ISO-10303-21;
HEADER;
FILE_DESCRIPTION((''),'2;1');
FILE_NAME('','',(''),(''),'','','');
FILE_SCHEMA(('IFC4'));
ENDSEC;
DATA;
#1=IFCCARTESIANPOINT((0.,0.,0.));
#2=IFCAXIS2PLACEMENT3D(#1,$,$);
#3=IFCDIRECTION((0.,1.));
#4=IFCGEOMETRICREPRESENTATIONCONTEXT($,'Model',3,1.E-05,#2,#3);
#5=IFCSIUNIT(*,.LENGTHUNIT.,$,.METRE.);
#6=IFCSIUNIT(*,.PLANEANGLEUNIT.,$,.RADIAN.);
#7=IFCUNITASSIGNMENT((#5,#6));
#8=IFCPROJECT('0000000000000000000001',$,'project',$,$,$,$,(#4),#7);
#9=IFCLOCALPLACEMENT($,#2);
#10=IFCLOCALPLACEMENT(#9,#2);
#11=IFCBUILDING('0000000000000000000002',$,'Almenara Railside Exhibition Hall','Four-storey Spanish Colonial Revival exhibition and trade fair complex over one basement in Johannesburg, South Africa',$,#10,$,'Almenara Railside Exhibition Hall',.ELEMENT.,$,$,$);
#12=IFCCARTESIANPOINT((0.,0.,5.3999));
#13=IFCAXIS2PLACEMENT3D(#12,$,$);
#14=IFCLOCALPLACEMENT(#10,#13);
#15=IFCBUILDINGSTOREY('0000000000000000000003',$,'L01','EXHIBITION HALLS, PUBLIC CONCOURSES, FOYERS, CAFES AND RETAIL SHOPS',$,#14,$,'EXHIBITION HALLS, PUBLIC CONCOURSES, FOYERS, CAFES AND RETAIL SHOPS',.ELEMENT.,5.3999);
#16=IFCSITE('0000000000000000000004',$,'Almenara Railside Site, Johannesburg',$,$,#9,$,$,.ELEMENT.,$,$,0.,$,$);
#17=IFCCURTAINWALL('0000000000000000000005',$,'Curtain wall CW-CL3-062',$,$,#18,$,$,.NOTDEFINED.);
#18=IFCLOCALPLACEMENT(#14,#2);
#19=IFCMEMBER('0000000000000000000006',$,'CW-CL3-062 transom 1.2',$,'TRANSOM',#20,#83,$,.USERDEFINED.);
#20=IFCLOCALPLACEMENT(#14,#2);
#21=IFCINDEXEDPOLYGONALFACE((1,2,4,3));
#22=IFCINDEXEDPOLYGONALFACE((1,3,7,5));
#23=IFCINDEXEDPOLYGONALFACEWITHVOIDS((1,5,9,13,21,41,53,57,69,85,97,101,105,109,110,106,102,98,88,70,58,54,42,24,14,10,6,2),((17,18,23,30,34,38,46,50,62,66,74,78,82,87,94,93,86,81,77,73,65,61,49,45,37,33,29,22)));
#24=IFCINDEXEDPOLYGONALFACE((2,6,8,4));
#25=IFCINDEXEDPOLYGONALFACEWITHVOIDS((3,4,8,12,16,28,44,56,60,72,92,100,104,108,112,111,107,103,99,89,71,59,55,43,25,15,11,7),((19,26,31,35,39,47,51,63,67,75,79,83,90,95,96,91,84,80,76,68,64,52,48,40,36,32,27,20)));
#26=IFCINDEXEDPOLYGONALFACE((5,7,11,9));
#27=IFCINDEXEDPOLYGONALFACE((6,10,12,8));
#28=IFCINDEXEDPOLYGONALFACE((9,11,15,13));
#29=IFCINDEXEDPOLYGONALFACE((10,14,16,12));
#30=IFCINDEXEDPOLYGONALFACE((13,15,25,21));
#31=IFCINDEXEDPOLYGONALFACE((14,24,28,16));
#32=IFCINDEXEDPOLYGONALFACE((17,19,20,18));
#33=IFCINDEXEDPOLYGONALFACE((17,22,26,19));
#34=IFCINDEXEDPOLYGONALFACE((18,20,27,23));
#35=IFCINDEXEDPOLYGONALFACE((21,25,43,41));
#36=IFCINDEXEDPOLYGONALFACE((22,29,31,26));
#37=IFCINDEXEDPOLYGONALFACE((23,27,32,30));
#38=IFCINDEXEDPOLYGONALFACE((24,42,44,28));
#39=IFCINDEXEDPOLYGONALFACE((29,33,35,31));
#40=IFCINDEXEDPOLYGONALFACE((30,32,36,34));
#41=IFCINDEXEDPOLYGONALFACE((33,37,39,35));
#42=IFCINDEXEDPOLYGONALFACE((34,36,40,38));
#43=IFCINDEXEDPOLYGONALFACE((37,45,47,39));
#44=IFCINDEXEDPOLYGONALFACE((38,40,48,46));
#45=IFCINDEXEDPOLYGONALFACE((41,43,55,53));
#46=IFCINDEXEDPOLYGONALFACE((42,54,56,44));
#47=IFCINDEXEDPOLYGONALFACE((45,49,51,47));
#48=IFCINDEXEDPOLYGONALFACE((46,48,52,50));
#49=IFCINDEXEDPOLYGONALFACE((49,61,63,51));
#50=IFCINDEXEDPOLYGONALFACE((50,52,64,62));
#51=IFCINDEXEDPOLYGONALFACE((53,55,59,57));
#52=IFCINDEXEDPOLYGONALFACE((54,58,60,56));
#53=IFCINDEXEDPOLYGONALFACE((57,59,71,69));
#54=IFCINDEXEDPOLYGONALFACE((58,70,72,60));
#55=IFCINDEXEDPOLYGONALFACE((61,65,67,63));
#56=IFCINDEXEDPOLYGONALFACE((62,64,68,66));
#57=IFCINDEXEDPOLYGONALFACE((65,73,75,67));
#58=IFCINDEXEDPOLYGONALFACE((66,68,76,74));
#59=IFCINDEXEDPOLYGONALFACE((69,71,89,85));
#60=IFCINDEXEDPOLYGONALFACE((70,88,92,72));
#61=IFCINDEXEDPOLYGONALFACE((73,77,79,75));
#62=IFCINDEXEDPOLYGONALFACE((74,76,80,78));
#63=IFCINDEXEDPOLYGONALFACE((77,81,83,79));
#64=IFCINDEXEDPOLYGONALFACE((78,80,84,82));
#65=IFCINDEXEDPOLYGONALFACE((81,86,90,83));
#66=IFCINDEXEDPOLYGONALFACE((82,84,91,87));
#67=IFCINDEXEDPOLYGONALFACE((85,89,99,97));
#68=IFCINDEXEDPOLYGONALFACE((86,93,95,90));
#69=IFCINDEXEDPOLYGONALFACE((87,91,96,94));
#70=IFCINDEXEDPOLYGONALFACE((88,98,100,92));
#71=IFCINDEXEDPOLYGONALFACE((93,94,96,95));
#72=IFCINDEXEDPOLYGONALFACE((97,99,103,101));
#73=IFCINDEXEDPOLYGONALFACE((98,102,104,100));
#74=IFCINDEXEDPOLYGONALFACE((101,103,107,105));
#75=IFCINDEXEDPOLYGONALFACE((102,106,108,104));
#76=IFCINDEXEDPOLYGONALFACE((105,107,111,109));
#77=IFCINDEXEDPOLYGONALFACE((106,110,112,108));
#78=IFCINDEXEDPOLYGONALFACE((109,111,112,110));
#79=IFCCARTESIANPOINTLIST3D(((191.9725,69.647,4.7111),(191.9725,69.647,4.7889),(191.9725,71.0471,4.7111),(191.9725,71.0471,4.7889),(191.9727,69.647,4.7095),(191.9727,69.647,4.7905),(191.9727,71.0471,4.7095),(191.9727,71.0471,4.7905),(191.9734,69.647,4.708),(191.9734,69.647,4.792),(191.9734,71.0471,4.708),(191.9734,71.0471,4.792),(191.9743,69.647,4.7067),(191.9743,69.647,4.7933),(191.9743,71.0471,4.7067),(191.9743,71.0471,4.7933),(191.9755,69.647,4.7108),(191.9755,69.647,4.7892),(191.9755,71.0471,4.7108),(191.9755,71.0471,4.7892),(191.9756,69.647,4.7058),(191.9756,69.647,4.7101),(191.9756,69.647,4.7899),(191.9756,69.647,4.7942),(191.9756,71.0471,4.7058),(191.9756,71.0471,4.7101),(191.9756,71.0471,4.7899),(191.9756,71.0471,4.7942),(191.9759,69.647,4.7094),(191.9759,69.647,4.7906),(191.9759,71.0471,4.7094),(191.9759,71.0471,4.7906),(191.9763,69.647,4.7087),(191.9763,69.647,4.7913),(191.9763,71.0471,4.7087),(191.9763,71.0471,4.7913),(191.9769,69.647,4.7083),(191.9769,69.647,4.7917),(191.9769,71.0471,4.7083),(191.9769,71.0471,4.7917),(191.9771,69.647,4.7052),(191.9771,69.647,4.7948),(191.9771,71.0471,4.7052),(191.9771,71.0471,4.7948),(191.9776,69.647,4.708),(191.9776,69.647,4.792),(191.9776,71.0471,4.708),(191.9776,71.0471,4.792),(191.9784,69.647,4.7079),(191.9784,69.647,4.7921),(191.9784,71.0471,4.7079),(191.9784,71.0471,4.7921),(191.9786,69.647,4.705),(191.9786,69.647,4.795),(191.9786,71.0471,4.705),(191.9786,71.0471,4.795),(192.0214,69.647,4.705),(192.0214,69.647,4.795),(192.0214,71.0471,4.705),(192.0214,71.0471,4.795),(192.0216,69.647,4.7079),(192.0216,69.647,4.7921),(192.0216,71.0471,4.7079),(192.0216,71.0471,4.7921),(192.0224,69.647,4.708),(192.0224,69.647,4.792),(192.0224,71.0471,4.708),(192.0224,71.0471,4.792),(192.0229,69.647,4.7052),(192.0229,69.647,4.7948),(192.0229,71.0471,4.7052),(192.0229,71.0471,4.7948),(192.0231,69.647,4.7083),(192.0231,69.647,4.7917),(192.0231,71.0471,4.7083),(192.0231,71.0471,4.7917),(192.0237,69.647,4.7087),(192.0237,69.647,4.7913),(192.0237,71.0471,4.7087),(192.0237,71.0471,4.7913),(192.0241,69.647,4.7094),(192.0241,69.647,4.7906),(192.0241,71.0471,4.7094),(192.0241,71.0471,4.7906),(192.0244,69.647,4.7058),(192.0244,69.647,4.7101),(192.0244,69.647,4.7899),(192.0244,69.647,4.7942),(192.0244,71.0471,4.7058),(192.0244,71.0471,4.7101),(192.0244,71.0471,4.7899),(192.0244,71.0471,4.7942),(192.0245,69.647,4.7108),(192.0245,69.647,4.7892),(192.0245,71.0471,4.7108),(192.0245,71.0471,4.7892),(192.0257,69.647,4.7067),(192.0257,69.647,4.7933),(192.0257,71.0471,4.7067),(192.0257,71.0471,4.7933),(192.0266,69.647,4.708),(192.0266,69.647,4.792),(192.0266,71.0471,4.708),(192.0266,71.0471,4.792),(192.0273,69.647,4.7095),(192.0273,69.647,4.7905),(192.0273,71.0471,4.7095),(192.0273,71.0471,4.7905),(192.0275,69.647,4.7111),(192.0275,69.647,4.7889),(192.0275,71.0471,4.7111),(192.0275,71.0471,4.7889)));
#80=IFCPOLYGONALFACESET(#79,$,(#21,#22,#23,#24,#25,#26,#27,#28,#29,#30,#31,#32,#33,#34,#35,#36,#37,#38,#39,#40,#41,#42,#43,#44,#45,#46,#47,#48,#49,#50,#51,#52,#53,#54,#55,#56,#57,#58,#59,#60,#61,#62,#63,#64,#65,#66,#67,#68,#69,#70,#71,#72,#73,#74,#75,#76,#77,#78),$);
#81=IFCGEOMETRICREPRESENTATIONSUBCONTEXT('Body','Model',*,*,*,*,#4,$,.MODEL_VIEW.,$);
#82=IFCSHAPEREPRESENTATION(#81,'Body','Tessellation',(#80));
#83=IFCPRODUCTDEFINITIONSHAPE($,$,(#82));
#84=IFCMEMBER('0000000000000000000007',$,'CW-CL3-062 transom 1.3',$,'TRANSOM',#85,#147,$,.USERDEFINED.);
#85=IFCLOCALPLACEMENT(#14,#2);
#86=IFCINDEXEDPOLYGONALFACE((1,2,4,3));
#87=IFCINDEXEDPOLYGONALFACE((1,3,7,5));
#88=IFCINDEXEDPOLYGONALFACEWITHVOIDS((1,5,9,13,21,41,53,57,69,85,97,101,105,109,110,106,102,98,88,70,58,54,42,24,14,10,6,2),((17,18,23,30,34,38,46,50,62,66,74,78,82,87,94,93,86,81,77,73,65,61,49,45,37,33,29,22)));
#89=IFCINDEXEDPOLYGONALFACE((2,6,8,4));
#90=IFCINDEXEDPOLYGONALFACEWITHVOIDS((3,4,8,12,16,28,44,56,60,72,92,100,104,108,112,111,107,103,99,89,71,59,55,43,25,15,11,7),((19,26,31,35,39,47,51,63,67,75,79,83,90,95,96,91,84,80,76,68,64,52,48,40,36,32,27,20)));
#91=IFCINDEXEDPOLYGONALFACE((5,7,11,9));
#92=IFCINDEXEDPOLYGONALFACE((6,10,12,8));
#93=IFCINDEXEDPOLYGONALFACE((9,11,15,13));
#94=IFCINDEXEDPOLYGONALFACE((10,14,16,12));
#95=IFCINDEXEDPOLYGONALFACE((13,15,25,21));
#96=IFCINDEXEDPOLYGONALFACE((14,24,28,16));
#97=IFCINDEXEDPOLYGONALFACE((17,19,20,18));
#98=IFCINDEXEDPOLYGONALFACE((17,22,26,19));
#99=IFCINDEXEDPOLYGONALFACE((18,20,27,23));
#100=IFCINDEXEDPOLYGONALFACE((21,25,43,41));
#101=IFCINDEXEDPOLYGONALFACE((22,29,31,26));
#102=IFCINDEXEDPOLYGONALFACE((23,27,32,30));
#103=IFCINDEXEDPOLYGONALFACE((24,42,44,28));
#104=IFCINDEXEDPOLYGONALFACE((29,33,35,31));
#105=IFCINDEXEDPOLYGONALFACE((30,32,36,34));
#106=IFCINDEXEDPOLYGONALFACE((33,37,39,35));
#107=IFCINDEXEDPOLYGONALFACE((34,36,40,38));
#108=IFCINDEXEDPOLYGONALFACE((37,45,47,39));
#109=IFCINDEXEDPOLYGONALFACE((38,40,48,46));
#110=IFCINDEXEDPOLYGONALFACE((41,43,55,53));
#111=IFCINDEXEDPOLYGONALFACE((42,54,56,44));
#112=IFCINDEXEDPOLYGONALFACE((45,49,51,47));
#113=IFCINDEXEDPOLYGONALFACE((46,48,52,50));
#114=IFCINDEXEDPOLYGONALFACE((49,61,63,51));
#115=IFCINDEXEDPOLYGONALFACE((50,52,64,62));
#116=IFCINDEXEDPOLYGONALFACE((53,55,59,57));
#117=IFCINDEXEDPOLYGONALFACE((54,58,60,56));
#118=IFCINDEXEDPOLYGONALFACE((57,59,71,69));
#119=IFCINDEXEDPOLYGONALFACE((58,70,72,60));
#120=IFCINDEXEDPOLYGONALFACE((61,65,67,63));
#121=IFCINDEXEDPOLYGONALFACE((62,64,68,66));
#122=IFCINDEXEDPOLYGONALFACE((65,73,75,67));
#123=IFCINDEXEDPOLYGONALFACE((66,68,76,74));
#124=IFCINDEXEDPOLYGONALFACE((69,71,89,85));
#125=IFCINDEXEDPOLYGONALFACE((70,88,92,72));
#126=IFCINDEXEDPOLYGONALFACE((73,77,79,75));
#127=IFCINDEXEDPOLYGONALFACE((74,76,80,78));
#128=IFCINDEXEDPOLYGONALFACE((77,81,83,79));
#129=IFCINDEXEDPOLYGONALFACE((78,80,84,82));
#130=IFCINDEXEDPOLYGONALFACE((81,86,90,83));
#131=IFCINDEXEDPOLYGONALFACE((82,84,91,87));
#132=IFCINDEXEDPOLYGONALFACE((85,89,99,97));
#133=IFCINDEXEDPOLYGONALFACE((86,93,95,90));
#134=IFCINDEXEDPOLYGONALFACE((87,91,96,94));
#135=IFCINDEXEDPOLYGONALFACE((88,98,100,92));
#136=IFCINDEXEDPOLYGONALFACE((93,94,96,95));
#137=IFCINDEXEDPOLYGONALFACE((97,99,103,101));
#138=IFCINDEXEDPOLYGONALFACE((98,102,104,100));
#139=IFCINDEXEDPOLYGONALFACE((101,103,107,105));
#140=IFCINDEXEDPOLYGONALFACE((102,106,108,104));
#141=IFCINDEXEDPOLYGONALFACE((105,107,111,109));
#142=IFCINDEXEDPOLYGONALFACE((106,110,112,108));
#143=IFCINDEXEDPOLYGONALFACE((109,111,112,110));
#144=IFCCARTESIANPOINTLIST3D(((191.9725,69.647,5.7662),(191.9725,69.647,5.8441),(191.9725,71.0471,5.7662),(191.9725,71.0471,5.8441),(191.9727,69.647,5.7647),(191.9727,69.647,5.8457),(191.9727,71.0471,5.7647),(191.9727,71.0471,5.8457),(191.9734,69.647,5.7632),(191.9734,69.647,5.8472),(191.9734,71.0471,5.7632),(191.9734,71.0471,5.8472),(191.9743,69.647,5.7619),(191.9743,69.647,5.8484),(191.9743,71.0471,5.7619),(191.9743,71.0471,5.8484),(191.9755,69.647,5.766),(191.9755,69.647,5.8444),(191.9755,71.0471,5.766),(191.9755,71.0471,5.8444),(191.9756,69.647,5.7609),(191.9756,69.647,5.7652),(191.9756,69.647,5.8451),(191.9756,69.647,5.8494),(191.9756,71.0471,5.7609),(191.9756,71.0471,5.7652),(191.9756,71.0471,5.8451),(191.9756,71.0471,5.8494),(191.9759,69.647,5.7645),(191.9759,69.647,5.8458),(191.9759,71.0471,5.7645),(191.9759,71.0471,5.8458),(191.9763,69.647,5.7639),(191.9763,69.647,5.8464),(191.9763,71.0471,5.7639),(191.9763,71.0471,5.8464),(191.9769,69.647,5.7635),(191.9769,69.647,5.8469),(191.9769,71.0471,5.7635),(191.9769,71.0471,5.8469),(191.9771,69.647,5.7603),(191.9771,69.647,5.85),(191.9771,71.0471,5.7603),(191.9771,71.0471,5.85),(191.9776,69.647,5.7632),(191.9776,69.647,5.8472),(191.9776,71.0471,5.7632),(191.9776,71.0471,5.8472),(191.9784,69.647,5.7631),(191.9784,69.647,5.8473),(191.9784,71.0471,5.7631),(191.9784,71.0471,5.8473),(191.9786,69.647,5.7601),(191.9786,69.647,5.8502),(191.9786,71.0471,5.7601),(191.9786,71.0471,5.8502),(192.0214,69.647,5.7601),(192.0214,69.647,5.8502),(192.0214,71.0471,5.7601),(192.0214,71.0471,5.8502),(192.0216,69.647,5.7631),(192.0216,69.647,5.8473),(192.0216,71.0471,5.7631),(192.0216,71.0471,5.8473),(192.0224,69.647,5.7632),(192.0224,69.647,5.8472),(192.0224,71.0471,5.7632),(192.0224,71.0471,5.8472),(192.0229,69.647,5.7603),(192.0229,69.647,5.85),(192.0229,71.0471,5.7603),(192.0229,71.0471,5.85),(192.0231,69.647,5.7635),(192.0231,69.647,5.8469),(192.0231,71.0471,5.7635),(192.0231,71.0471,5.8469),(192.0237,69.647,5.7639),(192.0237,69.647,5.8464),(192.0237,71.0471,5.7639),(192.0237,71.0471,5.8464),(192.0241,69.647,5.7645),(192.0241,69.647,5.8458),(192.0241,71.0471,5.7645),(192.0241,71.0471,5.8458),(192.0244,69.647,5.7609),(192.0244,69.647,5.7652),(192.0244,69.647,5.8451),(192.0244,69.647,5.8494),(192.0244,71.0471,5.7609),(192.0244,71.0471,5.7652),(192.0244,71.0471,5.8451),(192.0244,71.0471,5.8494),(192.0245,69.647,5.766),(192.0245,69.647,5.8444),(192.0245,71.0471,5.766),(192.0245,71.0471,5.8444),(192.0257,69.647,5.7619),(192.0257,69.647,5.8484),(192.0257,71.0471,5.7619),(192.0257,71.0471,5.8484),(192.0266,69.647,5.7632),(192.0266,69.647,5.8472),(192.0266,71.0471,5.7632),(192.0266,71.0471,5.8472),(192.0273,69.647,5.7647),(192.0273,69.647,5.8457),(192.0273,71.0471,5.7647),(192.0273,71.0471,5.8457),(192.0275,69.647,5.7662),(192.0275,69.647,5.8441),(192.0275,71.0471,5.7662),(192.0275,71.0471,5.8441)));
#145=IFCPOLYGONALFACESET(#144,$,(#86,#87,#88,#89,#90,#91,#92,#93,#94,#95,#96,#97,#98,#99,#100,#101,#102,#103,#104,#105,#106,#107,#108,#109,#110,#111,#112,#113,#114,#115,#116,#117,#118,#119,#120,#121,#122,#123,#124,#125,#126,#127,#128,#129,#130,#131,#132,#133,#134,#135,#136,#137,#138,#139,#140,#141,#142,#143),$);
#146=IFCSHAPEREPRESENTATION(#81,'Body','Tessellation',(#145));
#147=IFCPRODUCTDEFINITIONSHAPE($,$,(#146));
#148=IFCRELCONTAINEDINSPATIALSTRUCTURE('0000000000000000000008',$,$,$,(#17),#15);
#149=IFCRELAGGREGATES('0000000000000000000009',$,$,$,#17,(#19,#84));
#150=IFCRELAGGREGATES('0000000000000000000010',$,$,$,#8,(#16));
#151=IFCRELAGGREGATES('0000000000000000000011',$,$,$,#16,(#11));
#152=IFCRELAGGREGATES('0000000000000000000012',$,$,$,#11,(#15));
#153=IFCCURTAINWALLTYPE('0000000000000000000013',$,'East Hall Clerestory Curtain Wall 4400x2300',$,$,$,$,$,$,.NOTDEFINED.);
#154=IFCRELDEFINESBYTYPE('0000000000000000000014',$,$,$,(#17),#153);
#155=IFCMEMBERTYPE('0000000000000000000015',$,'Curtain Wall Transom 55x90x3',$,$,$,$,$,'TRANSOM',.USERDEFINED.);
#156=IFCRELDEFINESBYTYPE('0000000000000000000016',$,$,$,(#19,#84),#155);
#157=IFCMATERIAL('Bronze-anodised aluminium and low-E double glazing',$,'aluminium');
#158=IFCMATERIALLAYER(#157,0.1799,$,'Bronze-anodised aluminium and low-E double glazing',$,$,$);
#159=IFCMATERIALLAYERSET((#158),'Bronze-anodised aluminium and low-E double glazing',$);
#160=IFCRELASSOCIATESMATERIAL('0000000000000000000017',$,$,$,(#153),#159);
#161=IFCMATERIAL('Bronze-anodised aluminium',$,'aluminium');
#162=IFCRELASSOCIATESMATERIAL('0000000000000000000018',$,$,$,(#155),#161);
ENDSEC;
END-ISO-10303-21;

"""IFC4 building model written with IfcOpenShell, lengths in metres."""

from ifc_helpers import new_model, si_unit, direction, frame, origin, origin_2d, place, context, subcontext, project, spatial, hollow_rectangle, extrude, material, layer, layer_set, material_profile, profile_set, type_object, element, aggregate, save


model = new_model("IFC4")

# Units and contexts
model_context = context("Model", 3, precision=1e-05, world=origin(), true_north=direction((0.0, 1.0)))
body_context = subcontext(model_context, "Body", "Model", "MODEL_VIEW")
ifc_project = project(units=[si_unit("LENGTHUNIT", "METRE"), si_unit("PLANEANGLEUNIT", "RADIAN")], contexts=[model_context])

# Site, building, storey
site_placement = place(None, origin())
site = spatial("IfcSite", under=ifc_project, at=site_placement, Name="Almenara Railside Site, Johannesburg", CompositionType="ELEMENT", RefElevation=0.0)
building_placement = place(site_placement, origin())
building = spatial("IfcBuilding", under=site, at=building_placement, Name="Almenara Railside Exhibition Hall", Description="Four-storey Spanish Colonial Revival exhibition and trade fair complex over one basement in Johannesburg, South Africa", LongName="Almenara Railside Exhibition Hall", CompositionType="ELEMENT")
storey_placement = place(building_placement, frame((0.0, 0.0, 5.3999)))
storey = spatial("IfcBuildingStorey", under=building, at=storey_placement, Name="L01", Description="EXHIBITION HALLS, PUBLIC CONCOURSES, FOYERS, CAFES AND RETAIL SHOPS", LongName="EXHIBITION HALLS, PUBLIC CONCOURSES, FOYERS, CAFES AND RETAIL SHOPS", CompositionType="ELEMENT", Elevation=5.3999)

# Curtain wall
ifc_material_1 = material(Name="Bronze-anodised aluminium and low-E double glazing", Category="aluminium")
ifc_layer_1 = layer(ifc_material_1, 0.1799, Name="Bronze-anodised aluminium and low-E double glazing")
ifc_layer_set_1 = layer_set([ifc_layer_1], Name="Bronze-anodised aluminium and low-E double glazing")
curtain_wall_type = type_object("IfcCurtainWallType", Name="East Hall Clerestory Curtain Wall 4400x2300", PredefinedType="NOTDEFINED", material=ifc_layer_set_1)
curtain_wall_1_placement = place(storey_placement, origin())
curtain_wall_1 = element("IfcCurtainWall", 1, at=curtain_wall_1_placement, inside=storey, type_object=curtain_wall_type, Name="Curtain wall CW-CL3-062", PredefinedType="NOTDEFINED")
ifc_material_2 = material(Name="Bronze-anodised aluminium", Category="aluminium")

# Members
ifc_material_profile_1 = material_profile(ifc_material_2, hollow_rectangle(XDim=0.0549, YDim=0.0901, WallThickness=0.0029, InnerFilletRadius=0.0029, OuterFilletRadius=0.0061, at=origin_2d()), Name="ALU-TRN 55x90x3")
ifc_profile_set_1 = profile_set([ifc_material_profile_1], Name="Bronze-anodised aluminium")
member_type_1 = type_object("IfcMemberType", Name="Curtain Wall Transom 55x90x3", ElementType="TRANSOM", PredefinedType="USERDEFINED", material=ifc_profile_set_1)
member_1_placement = place(storey_placement, frame((192.0, 69.647, 4.75), z_axis=(0.0, 1.0, 0.0), x_axis=(-1.0, 0.0, 0.0)))
member_1 = element("IfcMember", 2, at=member_1_placement, type_object=member_type_1, Name="CW-CL3-062 transom 1.2", ObjectType="TRANSOM", PredefinedType="USERDEFINED", context=body_context, shape_type="SweptSolid", body=[
    extrude(hollow_rectangle(XDim=0.0549, YDim=0.0901, WallThickness=0.0029, InnerFilletRadius=0.0029, OuterFilletRadius=0.0061, at=origin_2d()), origin(), (0.0, 0.0, 1.0), 1.4001),
])
member_2_placement = place(storey_placement, frame((192.0, 69.647, 5.8052), z_axis=(0.0, 1.0, 0.0), x_axis=(-1.0, 0.0, 0.0)))
member_2 = element("IfcMember", 3, at=member_2_placement, type_object=member_type_1, Name="CW-CL3-062 transom 1.3", ObjectType="TRANSOM", PredefinedType="USERDEFINED", context=body_context, shape_type="SweptSolid", body=[
    extrude(hollow_rectangle(XDim=0.0549, YDim=0.0901, WallThickness=0.0029, InnerFilletRadius=0.0029, OuterFilletRadius=0.0061, at=origin_2d()), origin(), (0.0, 0.0, 1.0), 1.4001),
])
aggregate(curtain_wall_1, [member_1, member_2])

save(model, "model.ifc")
